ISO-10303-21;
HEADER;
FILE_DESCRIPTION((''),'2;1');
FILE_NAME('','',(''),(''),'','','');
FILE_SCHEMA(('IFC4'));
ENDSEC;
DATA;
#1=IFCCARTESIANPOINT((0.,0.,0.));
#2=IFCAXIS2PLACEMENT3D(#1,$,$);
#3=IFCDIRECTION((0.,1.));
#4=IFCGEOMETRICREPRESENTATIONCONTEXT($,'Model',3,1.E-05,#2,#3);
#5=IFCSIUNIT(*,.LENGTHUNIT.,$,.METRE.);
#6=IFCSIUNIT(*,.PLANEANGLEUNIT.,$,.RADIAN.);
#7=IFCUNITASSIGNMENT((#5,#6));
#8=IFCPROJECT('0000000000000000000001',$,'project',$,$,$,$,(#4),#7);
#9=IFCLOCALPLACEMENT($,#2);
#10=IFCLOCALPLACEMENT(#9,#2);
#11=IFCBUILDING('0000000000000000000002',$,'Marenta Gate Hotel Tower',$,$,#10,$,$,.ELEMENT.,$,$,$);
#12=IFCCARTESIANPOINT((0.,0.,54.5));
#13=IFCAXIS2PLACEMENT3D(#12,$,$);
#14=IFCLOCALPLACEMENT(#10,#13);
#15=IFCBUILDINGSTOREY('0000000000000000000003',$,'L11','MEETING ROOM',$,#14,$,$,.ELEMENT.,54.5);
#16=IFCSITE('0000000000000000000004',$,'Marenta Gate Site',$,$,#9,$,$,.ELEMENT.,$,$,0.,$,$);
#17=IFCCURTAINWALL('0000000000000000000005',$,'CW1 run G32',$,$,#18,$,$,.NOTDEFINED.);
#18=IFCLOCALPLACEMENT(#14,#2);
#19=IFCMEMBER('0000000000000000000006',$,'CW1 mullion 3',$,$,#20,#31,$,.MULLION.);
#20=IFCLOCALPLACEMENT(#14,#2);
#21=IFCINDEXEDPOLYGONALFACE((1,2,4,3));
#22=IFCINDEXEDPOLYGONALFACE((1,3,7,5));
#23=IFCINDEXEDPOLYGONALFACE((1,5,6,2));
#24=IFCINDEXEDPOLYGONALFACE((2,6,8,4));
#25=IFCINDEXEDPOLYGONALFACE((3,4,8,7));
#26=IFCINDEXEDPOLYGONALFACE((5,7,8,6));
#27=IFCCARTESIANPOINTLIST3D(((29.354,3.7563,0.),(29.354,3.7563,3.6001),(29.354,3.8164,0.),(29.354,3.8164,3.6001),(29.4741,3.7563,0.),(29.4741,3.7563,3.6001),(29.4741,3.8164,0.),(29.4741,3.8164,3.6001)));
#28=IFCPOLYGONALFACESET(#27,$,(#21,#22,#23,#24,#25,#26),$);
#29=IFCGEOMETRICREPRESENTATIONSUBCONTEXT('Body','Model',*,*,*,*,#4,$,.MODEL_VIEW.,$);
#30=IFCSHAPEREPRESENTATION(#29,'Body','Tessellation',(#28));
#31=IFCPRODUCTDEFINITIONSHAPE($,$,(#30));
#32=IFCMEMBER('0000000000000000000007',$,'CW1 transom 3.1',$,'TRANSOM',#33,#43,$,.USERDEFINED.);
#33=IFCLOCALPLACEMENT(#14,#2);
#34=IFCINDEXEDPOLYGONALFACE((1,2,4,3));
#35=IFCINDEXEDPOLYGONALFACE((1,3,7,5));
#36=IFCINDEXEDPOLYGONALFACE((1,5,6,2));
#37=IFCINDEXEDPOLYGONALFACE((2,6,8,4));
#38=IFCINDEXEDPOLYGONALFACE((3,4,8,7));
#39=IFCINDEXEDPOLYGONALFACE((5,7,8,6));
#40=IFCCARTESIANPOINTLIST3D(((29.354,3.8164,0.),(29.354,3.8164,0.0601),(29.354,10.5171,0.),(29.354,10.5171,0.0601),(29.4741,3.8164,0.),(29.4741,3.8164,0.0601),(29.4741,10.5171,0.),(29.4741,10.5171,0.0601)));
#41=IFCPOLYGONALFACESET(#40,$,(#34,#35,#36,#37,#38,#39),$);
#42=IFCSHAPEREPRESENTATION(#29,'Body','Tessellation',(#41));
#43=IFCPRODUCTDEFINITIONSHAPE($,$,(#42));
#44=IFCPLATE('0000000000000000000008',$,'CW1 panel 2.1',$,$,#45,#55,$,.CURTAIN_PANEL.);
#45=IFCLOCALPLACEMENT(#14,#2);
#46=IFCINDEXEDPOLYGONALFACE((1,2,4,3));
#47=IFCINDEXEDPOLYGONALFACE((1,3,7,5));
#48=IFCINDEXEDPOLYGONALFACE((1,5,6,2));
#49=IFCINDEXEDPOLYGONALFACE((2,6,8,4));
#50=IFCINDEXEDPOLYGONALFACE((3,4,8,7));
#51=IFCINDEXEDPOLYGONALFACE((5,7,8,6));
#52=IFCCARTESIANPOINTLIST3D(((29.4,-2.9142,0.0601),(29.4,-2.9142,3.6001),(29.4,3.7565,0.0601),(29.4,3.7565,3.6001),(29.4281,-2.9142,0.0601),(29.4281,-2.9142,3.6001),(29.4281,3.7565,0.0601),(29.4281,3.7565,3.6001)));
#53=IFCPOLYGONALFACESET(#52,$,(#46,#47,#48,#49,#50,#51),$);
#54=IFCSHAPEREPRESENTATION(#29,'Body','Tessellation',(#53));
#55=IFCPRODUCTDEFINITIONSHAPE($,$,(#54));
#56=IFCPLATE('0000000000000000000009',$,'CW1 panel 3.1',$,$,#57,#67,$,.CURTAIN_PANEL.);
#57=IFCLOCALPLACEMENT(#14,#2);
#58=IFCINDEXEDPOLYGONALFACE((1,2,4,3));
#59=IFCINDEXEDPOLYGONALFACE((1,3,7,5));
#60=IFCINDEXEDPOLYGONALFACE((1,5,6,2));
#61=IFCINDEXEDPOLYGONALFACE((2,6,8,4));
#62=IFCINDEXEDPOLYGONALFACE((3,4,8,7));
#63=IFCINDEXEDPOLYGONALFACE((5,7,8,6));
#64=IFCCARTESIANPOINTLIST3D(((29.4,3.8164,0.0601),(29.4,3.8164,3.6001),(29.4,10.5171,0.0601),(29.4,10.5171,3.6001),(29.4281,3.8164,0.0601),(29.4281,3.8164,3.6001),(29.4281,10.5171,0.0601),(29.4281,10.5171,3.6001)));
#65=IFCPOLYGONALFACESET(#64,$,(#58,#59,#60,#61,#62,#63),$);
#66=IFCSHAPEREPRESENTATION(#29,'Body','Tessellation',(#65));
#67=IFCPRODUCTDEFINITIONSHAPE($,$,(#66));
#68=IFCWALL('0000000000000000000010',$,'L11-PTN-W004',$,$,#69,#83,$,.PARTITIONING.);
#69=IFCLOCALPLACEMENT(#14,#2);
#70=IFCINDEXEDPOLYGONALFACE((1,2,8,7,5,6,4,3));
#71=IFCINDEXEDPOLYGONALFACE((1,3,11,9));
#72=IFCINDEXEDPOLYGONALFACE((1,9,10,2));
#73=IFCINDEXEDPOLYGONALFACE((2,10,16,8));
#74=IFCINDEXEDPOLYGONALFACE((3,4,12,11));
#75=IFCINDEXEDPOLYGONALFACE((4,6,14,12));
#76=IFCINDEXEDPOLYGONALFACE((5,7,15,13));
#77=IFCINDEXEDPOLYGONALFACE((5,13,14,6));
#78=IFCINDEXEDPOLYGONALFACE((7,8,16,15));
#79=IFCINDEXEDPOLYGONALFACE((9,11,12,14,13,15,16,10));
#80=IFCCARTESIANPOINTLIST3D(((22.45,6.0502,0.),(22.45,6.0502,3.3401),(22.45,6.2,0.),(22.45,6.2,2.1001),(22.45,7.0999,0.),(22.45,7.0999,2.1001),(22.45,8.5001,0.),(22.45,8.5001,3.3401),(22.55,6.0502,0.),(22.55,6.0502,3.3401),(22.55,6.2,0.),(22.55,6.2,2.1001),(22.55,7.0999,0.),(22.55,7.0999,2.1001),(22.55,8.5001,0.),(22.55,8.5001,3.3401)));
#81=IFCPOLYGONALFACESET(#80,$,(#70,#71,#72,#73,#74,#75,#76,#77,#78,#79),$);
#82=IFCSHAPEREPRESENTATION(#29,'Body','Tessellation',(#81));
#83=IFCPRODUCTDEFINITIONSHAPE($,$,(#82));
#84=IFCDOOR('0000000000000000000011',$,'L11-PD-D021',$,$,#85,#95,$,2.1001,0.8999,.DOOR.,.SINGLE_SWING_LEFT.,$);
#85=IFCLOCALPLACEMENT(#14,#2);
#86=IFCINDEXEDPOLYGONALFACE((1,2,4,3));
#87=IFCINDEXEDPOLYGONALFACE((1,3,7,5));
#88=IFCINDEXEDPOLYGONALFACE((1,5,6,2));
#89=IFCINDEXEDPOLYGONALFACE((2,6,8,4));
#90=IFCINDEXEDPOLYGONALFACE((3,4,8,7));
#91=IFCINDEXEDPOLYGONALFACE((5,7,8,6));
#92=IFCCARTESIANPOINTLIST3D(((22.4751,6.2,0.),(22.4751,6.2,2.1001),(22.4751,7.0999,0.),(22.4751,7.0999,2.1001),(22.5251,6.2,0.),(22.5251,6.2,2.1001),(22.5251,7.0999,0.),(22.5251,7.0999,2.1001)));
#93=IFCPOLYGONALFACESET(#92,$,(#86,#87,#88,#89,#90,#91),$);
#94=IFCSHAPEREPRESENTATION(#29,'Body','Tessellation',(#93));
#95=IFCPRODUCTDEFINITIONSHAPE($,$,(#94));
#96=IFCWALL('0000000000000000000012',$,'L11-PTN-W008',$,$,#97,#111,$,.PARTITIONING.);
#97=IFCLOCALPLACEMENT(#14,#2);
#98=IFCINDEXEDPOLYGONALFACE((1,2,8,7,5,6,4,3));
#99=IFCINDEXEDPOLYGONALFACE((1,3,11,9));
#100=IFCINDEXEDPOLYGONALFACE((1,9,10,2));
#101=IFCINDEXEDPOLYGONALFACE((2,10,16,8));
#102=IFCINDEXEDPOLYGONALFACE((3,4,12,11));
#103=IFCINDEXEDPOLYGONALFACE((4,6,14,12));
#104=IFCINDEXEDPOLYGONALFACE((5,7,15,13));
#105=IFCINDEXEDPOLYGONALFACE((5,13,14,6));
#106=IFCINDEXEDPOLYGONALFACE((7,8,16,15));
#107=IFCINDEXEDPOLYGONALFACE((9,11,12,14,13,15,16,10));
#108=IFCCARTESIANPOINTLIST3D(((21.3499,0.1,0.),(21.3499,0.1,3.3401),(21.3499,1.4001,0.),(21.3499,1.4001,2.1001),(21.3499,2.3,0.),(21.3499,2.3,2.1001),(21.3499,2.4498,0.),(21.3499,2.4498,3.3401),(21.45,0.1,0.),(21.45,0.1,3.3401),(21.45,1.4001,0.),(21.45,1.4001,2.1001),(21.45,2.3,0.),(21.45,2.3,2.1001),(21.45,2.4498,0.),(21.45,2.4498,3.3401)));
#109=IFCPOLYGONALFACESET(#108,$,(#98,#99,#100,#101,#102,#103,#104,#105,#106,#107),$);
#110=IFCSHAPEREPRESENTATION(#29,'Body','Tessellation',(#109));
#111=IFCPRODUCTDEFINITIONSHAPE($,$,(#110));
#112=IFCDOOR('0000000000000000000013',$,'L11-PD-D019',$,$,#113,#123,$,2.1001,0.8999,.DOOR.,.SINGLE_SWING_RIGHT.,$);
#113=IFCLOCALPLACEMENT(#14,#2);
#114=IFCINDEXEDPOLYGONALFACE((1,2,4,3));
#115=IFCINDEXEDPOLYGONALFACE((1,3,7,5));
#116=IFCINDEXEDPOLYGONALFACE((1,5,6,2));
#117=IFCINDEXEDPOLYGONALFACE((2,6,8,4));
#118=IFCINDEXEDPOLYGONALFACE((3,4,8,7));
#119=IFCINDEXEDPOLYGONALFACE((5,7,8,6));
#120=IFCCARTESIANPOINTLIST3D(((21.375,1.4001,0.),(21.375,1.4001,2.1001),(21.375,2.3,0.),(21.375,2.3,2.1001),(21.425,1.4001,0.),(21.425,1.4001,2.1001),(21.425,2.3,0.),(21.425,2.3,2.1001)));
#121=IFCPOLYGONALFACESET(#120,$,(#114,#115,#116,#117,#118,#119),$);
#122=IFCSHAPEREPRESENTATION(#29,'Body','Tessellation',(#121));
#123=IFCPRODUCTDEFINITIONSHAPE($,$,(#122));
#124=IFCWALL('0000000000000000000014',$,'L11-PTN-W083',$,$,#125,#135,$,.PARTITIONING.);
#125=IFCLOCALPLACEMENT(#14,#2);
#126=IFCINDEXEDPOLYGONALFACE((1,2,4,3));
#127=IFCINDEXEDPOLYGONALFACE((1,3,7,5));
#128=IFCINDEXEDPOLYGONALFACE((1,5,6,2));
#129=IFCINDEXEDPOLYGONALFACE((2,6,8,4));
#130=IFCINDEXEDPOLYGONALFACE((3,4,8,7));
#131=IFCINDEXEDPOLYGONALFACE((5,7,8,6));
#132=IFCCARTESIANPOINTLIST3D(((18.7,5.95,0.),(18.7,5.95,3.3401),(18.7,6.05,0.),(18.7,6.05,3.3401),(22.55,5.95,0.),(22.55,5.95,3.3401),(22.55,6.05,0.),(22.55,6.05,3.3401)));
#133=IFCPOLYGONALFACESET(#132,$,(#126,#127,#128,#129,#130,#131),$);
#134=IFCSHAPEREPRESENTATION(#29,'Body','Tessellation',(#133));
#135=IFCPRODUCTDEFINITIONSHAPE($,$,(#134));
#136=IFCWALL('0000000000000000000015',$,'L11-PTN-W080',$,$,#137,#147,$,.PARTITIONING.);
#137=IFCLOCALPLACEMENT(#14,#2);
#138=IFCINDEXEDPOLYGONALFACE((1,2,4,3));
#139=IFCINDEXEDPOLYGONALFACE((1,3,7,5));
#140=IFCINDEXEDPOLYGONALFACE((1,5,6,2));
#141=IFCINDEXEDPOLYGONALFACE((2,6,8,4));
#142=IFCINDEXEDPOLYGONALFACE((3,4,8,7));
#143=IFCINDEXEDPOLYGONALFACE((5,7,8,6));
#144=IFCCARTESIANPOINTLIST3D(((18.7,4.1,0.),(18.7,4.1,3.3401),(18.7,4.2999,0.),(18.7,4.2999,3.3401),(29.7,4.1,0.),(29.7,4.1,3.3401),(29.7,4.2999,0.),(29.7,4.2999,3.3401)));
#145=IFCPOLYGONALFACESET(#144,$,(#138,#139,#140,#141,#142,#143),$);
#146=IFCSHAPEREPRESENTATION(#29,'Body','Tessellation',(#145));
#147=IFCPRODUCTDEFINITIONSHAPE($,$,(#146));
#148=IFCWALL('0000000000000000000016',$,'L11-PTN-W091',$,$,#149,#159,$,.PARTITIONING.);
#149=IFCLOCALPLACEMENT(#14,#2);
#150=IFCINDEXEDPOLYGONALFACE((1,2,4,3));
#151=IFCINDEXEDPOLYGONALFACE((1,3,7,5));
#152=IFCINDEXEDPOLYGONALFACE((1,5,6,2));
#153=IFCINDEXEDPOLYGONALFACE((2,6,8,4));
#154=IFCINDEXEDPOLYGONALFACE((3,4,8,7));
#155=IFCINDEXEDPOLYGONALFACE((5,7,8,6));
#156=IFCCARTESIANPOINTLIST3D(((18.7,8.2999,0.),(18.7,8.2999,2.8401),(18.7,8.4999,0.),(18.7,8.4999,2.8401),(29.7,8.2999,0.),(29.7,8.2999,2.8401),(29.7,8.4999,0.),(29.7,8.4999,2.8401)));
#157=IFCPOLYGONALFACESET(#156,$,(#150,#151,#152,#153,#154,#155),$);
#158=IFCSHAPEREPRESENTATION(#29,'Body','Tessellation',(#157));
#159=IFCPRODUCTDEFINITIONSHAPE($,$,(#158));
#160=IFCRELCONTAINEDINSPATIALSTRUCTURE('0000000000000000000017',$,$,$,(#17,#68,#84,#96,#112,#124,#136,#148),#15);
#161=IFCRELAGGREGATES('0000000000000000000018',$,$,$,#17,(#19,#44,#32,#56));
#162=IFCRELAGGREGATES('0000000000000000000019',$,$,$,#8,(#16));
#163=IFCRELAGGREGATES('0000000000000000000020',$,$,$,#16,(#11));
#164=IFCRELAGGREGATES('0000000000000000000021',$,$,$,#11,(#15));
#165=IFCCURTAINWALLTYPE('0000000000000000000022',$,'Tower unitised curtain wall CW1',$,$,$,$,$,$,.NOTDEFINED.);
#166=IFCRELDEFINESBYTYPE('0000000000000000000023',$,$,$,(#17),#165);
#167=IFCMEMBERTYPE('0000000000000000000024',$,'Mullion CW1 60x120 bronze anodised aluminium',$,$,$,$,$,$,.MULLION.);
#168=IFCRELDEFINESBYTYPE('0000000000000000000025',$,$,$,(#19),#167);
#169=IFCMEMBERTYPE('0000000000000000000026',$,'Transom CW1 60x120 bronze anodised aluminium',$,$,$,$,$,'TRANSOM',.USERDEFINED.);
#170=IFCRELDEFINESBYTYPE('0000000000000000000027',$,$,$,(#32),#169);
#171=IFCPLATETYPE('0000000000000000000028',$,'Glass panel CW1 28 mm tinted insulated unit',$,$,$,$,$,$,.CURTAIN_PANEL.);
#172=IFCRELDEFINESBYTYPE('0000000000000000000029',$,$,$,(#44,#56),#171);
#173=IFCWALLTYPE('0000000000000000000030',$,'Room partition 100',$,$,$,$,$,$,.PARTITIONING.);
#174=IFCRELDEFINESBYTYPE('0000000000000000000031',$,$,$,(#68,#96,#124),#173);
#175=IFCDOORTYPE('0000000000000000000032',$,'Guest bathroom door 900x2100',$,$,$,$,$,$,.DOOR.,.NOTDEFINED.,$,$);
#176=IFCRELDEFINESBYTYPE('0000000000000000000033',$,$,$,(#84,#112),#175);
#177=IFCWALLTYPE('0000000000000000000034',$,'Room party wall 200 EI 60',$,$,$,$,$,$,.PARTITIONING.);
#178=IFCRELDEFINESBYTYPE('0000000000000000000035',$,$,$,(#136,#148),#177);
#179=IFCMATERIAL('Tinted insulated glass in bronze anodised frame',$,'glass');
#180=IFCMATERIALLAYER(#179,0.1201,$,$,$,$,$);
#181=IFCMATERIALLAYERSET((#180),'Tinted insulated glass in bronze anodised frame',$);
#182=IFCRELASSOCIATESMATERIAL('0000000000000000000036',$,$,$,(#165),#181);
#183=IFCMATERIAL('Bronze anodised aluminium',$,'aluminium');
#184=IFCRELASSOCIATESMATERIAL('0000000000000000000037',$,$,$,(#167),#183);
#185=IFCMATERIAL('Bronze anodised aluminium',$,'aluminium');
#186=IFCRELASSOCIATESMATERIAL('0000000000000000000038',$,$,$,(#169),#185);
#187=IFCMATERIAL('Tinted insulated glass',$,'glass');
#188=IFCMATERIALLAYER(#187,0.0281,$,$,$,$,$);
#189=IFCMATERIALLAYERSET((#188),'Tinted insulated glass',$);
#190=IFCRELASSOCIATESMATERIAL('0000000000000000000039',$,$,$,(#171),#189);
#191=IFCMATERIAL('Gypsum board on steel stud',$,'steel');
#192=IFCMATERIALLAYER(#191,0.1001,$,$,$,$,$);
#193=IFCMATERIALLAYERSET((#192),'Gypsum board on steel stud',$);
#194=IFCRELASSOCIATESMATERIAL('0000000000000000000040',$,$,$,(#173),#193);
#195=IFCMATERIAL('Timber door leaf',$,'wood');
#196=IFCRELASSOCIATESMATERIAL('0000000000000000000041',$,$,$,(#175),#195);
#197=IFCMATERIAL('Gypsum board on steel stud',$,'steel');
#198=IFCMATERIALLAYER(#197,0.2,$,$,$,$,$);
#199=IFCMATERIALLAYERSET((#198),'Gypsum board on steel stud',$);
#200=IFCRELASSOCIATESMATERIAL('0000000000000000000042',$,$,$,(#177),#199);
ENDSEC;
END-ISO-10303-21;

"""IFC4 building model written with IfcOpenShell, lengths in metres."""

from ifc_helpers import new_model, si_unit, direction, frame, frame_2d, origin, origin_2d, place, context, subcontext, project, spatial, rectangle, extrude, material, layer, layer_set, material_profile, profile_set, type_object, element, fill, aggregate, save


model = new_model("IFC4")

# Units and contexts
model_context = context("Model", 3, precision=1e-05, world=origin(), true_north=direction((0.0, 1.0)))
body_context = subcontext(model_context, "Body", "Model", "MODEL_VIEW")
ifc_project = project(units=[si_unit("LENGTHUNIT", "METRE"), si_unit("PLANEANGLEUNIT", "RADIAN")], contexts=[model_context])

# Site, building, storey
site_placement = place(None, origin())
site = spatial("IfcSite", under=ifc_project, at=site_placement, Name="Marenta Gate Site", CompositionType="ELEMENT", RefElevation=0.0)
building_placement = place(site_placement, origin())
building = spatial("IfcBuilding", under=site, at=building_placement, Name="Marenta Gate Hotel Tower", CompositionType="ELEMENT")
storey_placement = place(building_placement, frame((0.0, 0.0, 54.5)))
storey = spatial("IfcBuildingStorey", under=building, at=storey_placement, Name="L11", Description="MEETING ROOM", CompositionType="ELEMENT", Elevation=54.5)

# Curtain wall, members, plates
ifc_material_1 = material(Name="Tinted insulated glass in bronze anodised frame", Category="glass")
ifc_layer_1 = layer(ifc_material_1, 0.1201)
ifc_layer_set_1 = layer_set([ifc_layer_1], Name="Tinted insulated glass in bronze anodised frame")
curtain_wall_type = type_object("IfcCurtainWallType", Name="Tower unitised curtain wall CW1", PredefinedType="NOTDEFINED", material=ifc_layer_set_1)
curtain_wall_placement = place(storey_placement, origin())
curtain_wall = element("IfcCurtainWall", 1, at=curtain_wall_placement, inside=storey, type_object=curtain_wall_type, Name="CW1 run G32", PredefinedType="NOTDEFINED")
ifc_material_2 = material(Name="Bronze anodised aluminium", Category="aluminium")
ifc_material_profile_1 = material_profile(ifc_material_2, rectangle(XDim=0.1201, YDim=0.0601, at=origin_2d()), Name="Mullion CW1 60x120 bronze anodised aluminium")
ifc_profile_set_1 = profile_set([ifc_material_profile_1], Name="Bronze anodised aluminium")
member_type_1 = type_object("IfcMemberType", Name="Mullion CW1 60x120 bronze anodised aluminium", PredefinedType="MULLION", material=ifc_profile_set_1)
member_1_placement = place(storey_placement, frame((29.4141, 3.7864, 0.0), z_axis=(0.0, 0.0, 1.0), x_axis=(-1.0, 0.0, 0.0)))
member_1 = element("IfcMember", 2, at=member_1_placement, type_object=member_type_1, Name="CW1 mullion 3", PredefinedType="MULLION", context=body_context, shape_type="SweptSolid", body=[
    extrude(rectangle(XDim=0.1201, YDim=0.0601, at=origin_2d()), origin(), (0.0, 0.0, 1.0), 3.6001),
])
ifc_material_3 = material(Name="Bronze anodised aluminium", Category="aluminium")
ifc_material_profile_2 = material_profile(ifc_material_3, rectangle(XDim=0.1201, YDim=0.0601, at=origin_2d()), Name="Transom CW1 60x120 bronze anodised aluminium")
ifc_profile_set_2 = profile_set([ifc_material_profile_2], Name="Bronze anodised aluminium")
member_type_2 = type_object("IfcMemberType", Name="Transom CW1 60x120 bronze anodised aluminium", ElementType="TRANSOM", PredefinedType="USERDEFINED", material=ifc_profile_set_2)
member_2_placement = place(storey_placement, frame((29.4141, 3.8164, 0.03), z_axis=(0.0, 1.0, 0.0), x_axis=(-1.0, 0.0, 0.0)))
member_2 = element("IfcMember", 3, at=member_2_placement, type_object=member_type_2, Name="CW1 transom 3.1", ObjectType="TRANSOM", PredefinedType="USERDEFINED", context=body_context, shape_type="SweptSolid", body=[
    extrude(rectangle(XDim=0.1201, YDim=0.0601, at=origin_2d()), origin(), (0.0, 0.0, 1.0), 6.7007),
])
ifc_material_4 = material(Name="Tinted insulated glass", Category="glass")
ifc_layer_2 = layer(ifc_material_4, 0.0281)
ifc_layer_set_2 = layer_set([ifc_layer_2], Name="Tinted insulated glass")
plate_type = type_object("IfcPlateType", Name="Glass panel CW1 28 mm tinted insulated unit", PredefinedType="CURTAIN_PANEL", material=ifc_layer_set_2)
plate_1_placement = place(storey_placement, frame((29.4141, 0.4211, 0.0601), z_axis=(0.0, 0.0, 1.0), x_axis=(0.0, 1.0, 0.0)))
plate_1 = element("IfcPlate", 4, at=plate_1_placement, type_object=plate_type, Name="CW1 panel 2.1", PredefinedType="CURTAIN_PANEL", context=body_context, shape_type="SweptSolid", body=[
    extrude(rectangle(XDim=6.6707, YDim=0.0281, at=origin_2d()), origin(), (0.0, 0.0, 1.0), 3.54),
])
plate_2_placement = place(storey_placement, frame((29.4141, 7.1667, 0.0601), z_axis=(0.0, 0.0, 1.0), x_axis=(0.0, 1.0, 0.0)))
plate_2 = element("IfcPlate", 5, at=plate_2_placement, type_object=plate_type, Name="CW1 panel 3.1", PredefinedType="CURTAIN_PANEL", context=body_context, shape_type="SweptSolid", body=[
    extrude(rectangle(XDim=6.7007, YDim=0.0281, at=origin_2d()), origin(), (0.0, 0.0, 1.0), 3.54),
])
aggregate(curtain_wall, [member_1, plate_1, member_2, plate_2])

# Walls, openings, doors
ifc_material_5 = material(Name="Gypsum board on steel stud", Category="steel")
ifc_layer_3 = layer(ifc_material_5, 0.1001)
ifc_layer_set_3 = layer_set([ifc_layer_3], Name="Gypsum board on steel stud")
wall_type_1 = type_object("IfcWallType", Name="Room partition 100", PredefinedType="PARTITIONING", material=ifc_layer_set_3)
wall_1_placement = place(storey_placement, frame((22.5, 6.05, 0.0), z_axis=(0.0, 0.0, 1.0), x_axis=(0.0, 1.0, 0.0)))
wall_1 = element("IfcWall", 6, at=wall_1_placement, inside=storey, type_object=wall_type_1, Name="L11-PTN-W004", PredefinedType="PARTITIONING", context=body_context, shape_type="SweptSolid", body=[
    extrude(rectangle(XDim=2.45, YDim=0.1001, at=frame_2d((1.2251, 0.0))), origin(), (0.0, 0.0, 1.0), 3.3401),
])
opening_1_placement = place(wall_1_placement, frame((0.1499, 0.0, 0.0)))
opening_1 = element("IfcOpeningElement", 7, at=opening_1_placement, cuts=wall_1, PredefinedType="OPENING", context=body_context, shape_type="SweptSolid", body=[
    extrude(rectangle(XDim=0.8999, YDim=2.1001, at=frame_2d((0.45, 1.05))), frame((0.0, 0.05, 0.0), z_axis=(0.0, -1.0, 0.0), x_axis=(1.0, 0.0, 0.0)), (0.0, 0.0, 1.0), 0.1001),
])
ifc_material_6 = material(Name="Timber door leaf", Category="wood")
door_type = type_object("IfcDoorType", Name="Guest bathroom door 900x2100", OperationType="NOTDEFINED", PredefinedType="DOOR", material=ifc_material_6)
door_1_placement = place(opening_1_placement, origin())
door_1 = element("IfcDoor", 8, at=door_1_placement, inside=storey, type_object=door_type, Name="L11-PD-D021", OperationType="SINGLE_SWING_LEFT", OverallHeight=2.1001, OverallWidth=0.8999, PredefinedType="DOOR", context=body_context, shape_type="SweptSolid", body=[
    extrude(rectangle(XDim=0.8999, YDim=2.1001, at=frame_2d((0.45, 1.05))), frame((0.0, 0.0249, 0.0), z_axis=(0.0, -1.0, 0.0), x_axis=(1.0, 0.0, 0.0)), (0.0, 0.0, 1.0), 0.05),
])
fill(opening_1, door_1)
wall_2_placement = place(storey_placement, frame((21.3999, 0.1001, 0.0), z_axis=(0.0, 0.0, 1.0), x_axis=(0.0, 1.0, 0.0)))
wall_2 = element("IfcWall", 9, at=wall_2_placement, inside=storey, type_object=wall_type_1, Name="L11-PTN-W008", PredefinedType="PARTITIONING", context=body_context, shape_type="SweptSolid", body=[
    extrude(rectangle(XDim=2.3499, YDim=0.1001, at=frame_2d((1.1748, 0.0))), origin(), (0.0, 0.0, 1.0), 3.3401),
])
opening_2_placement = place(wall_2_placement, frame((1.3, 0.0, 0.0)))
opening_2 = element("IfcOpeningElement", 10, at=opening_2_placement, cuts=wall_2, PredefinedType="OPENING", context=body_context, shape_type="SweptSolid", body=[
    extrude(rectangle(XDim=0.8999, YDim=2.1001, at=frame_2d((0.45, 1.05))), frame((0.0, 0.05, 0.0), z_axis=(0.0, -1.0, 0.0), x_axis=(1.0, 0.0, 0.0)), (0.0, 0.0, 1.0), 0.1001),
])
door_2_placement = place(opening_2_placement, origin())
door_2 = element("IfcDoor", 11, at=door_2_placement, inside=storey, type_object=door_type, Name="L11-PD-D019", OperationType="SINGLE_SWING_RIGHT", OverallHeight=2.1001, OverallWidth=0.8999, PredefinedType="DOOR", context=body_context, shape_type="SweptSolid", body=[
    extrude(rectangle(XDim=0.8999, YDim=2.1001, at=frame_2d((0.45, 1.05))), frame((0.0, 0.0249, 0.0), z_axis=(0.0, -1.0, 0.0), x_axis=(1.0, 0.0, 0.0)), (0.0, 0.0, 1.0), 0.05),
])
fill(opening_2, door_2)

# Walls
wall_3_placement = place(storey_placement, frame((18.7, 6.0, 0.0), z_axis=(0.0, 0.0, 1.0), x_axis=(1.0, 0.0, 0.0)))
element("IfcWall", 12, at=wall_3_placement, inside=storey, type_object=wall_type_1, Name="L11-PTN-W083", PredefinedType="PARTITIONING", context=body_context, shape_type="SweptSolid", body=[
    extrude(rectangle(XDim=3.8501, YDim=0.1001, at=frame_2d((1.925, 0.0))), origin(), (0.0, 0.0, 1.0), 3.3401),
])
ifc_material_7 = material(Name="Gypsum board on steel stud", Category="steel")
ifc_layer_4 = layer(ifc_material_7, 0.2)
ifc_layer_set_4 = layer_set([ifc_layer_4], Name="Gypsum board on steel stud")
wall_type_2 = type_object("IfcWallType", Name="Room party wall 200 EI 60", PredefinedType="PARTITIONING", material=ifc_layer_set_4)
wall_4_placement = place(storey_placement, frame((18.7, 4.2, 0.0), z_axis=(0.0, 0.0, 1.0), x_axis=(1.0, 0.0, 0.0)))
element("IfcWall", 13, at=wall_4_placement, inside=storey, type_object=wall_type_2, Name="L11-PTN-W080", PredefinedType="PARTITIONING", context=body_context, shape_type="SweptSolid", body=[
    extrude(rectangle(XDim=11.0, YDim=0.2, at=frame_2d((5.5, 0.0))), origin(), (0.0, 0.0, 1.0), 3.3401),
])
wall_5_placement = place(storey_placement, frame((18.7, 8.3999, 0.0), z_axis=(0.0, 0.0, 1.0), x_axis=(1.0, 0.0, 0.0)))
element("IfcWall", 14, at=wall_5_placement, inside=storey, type_object=wall_type_2, Name="L11-PTN-W091", PredefinedType="PARTITIONING", context=body_context, shape_type="SweptSolid", body=[
    extrude(rectangle(XDim=11.0, YDim=0.2, at=frame_2d((5.5, 0.0))), origin(), (0.0, 0.0, 1.0), 2.8401),
])

save(model, "model.ifc")
